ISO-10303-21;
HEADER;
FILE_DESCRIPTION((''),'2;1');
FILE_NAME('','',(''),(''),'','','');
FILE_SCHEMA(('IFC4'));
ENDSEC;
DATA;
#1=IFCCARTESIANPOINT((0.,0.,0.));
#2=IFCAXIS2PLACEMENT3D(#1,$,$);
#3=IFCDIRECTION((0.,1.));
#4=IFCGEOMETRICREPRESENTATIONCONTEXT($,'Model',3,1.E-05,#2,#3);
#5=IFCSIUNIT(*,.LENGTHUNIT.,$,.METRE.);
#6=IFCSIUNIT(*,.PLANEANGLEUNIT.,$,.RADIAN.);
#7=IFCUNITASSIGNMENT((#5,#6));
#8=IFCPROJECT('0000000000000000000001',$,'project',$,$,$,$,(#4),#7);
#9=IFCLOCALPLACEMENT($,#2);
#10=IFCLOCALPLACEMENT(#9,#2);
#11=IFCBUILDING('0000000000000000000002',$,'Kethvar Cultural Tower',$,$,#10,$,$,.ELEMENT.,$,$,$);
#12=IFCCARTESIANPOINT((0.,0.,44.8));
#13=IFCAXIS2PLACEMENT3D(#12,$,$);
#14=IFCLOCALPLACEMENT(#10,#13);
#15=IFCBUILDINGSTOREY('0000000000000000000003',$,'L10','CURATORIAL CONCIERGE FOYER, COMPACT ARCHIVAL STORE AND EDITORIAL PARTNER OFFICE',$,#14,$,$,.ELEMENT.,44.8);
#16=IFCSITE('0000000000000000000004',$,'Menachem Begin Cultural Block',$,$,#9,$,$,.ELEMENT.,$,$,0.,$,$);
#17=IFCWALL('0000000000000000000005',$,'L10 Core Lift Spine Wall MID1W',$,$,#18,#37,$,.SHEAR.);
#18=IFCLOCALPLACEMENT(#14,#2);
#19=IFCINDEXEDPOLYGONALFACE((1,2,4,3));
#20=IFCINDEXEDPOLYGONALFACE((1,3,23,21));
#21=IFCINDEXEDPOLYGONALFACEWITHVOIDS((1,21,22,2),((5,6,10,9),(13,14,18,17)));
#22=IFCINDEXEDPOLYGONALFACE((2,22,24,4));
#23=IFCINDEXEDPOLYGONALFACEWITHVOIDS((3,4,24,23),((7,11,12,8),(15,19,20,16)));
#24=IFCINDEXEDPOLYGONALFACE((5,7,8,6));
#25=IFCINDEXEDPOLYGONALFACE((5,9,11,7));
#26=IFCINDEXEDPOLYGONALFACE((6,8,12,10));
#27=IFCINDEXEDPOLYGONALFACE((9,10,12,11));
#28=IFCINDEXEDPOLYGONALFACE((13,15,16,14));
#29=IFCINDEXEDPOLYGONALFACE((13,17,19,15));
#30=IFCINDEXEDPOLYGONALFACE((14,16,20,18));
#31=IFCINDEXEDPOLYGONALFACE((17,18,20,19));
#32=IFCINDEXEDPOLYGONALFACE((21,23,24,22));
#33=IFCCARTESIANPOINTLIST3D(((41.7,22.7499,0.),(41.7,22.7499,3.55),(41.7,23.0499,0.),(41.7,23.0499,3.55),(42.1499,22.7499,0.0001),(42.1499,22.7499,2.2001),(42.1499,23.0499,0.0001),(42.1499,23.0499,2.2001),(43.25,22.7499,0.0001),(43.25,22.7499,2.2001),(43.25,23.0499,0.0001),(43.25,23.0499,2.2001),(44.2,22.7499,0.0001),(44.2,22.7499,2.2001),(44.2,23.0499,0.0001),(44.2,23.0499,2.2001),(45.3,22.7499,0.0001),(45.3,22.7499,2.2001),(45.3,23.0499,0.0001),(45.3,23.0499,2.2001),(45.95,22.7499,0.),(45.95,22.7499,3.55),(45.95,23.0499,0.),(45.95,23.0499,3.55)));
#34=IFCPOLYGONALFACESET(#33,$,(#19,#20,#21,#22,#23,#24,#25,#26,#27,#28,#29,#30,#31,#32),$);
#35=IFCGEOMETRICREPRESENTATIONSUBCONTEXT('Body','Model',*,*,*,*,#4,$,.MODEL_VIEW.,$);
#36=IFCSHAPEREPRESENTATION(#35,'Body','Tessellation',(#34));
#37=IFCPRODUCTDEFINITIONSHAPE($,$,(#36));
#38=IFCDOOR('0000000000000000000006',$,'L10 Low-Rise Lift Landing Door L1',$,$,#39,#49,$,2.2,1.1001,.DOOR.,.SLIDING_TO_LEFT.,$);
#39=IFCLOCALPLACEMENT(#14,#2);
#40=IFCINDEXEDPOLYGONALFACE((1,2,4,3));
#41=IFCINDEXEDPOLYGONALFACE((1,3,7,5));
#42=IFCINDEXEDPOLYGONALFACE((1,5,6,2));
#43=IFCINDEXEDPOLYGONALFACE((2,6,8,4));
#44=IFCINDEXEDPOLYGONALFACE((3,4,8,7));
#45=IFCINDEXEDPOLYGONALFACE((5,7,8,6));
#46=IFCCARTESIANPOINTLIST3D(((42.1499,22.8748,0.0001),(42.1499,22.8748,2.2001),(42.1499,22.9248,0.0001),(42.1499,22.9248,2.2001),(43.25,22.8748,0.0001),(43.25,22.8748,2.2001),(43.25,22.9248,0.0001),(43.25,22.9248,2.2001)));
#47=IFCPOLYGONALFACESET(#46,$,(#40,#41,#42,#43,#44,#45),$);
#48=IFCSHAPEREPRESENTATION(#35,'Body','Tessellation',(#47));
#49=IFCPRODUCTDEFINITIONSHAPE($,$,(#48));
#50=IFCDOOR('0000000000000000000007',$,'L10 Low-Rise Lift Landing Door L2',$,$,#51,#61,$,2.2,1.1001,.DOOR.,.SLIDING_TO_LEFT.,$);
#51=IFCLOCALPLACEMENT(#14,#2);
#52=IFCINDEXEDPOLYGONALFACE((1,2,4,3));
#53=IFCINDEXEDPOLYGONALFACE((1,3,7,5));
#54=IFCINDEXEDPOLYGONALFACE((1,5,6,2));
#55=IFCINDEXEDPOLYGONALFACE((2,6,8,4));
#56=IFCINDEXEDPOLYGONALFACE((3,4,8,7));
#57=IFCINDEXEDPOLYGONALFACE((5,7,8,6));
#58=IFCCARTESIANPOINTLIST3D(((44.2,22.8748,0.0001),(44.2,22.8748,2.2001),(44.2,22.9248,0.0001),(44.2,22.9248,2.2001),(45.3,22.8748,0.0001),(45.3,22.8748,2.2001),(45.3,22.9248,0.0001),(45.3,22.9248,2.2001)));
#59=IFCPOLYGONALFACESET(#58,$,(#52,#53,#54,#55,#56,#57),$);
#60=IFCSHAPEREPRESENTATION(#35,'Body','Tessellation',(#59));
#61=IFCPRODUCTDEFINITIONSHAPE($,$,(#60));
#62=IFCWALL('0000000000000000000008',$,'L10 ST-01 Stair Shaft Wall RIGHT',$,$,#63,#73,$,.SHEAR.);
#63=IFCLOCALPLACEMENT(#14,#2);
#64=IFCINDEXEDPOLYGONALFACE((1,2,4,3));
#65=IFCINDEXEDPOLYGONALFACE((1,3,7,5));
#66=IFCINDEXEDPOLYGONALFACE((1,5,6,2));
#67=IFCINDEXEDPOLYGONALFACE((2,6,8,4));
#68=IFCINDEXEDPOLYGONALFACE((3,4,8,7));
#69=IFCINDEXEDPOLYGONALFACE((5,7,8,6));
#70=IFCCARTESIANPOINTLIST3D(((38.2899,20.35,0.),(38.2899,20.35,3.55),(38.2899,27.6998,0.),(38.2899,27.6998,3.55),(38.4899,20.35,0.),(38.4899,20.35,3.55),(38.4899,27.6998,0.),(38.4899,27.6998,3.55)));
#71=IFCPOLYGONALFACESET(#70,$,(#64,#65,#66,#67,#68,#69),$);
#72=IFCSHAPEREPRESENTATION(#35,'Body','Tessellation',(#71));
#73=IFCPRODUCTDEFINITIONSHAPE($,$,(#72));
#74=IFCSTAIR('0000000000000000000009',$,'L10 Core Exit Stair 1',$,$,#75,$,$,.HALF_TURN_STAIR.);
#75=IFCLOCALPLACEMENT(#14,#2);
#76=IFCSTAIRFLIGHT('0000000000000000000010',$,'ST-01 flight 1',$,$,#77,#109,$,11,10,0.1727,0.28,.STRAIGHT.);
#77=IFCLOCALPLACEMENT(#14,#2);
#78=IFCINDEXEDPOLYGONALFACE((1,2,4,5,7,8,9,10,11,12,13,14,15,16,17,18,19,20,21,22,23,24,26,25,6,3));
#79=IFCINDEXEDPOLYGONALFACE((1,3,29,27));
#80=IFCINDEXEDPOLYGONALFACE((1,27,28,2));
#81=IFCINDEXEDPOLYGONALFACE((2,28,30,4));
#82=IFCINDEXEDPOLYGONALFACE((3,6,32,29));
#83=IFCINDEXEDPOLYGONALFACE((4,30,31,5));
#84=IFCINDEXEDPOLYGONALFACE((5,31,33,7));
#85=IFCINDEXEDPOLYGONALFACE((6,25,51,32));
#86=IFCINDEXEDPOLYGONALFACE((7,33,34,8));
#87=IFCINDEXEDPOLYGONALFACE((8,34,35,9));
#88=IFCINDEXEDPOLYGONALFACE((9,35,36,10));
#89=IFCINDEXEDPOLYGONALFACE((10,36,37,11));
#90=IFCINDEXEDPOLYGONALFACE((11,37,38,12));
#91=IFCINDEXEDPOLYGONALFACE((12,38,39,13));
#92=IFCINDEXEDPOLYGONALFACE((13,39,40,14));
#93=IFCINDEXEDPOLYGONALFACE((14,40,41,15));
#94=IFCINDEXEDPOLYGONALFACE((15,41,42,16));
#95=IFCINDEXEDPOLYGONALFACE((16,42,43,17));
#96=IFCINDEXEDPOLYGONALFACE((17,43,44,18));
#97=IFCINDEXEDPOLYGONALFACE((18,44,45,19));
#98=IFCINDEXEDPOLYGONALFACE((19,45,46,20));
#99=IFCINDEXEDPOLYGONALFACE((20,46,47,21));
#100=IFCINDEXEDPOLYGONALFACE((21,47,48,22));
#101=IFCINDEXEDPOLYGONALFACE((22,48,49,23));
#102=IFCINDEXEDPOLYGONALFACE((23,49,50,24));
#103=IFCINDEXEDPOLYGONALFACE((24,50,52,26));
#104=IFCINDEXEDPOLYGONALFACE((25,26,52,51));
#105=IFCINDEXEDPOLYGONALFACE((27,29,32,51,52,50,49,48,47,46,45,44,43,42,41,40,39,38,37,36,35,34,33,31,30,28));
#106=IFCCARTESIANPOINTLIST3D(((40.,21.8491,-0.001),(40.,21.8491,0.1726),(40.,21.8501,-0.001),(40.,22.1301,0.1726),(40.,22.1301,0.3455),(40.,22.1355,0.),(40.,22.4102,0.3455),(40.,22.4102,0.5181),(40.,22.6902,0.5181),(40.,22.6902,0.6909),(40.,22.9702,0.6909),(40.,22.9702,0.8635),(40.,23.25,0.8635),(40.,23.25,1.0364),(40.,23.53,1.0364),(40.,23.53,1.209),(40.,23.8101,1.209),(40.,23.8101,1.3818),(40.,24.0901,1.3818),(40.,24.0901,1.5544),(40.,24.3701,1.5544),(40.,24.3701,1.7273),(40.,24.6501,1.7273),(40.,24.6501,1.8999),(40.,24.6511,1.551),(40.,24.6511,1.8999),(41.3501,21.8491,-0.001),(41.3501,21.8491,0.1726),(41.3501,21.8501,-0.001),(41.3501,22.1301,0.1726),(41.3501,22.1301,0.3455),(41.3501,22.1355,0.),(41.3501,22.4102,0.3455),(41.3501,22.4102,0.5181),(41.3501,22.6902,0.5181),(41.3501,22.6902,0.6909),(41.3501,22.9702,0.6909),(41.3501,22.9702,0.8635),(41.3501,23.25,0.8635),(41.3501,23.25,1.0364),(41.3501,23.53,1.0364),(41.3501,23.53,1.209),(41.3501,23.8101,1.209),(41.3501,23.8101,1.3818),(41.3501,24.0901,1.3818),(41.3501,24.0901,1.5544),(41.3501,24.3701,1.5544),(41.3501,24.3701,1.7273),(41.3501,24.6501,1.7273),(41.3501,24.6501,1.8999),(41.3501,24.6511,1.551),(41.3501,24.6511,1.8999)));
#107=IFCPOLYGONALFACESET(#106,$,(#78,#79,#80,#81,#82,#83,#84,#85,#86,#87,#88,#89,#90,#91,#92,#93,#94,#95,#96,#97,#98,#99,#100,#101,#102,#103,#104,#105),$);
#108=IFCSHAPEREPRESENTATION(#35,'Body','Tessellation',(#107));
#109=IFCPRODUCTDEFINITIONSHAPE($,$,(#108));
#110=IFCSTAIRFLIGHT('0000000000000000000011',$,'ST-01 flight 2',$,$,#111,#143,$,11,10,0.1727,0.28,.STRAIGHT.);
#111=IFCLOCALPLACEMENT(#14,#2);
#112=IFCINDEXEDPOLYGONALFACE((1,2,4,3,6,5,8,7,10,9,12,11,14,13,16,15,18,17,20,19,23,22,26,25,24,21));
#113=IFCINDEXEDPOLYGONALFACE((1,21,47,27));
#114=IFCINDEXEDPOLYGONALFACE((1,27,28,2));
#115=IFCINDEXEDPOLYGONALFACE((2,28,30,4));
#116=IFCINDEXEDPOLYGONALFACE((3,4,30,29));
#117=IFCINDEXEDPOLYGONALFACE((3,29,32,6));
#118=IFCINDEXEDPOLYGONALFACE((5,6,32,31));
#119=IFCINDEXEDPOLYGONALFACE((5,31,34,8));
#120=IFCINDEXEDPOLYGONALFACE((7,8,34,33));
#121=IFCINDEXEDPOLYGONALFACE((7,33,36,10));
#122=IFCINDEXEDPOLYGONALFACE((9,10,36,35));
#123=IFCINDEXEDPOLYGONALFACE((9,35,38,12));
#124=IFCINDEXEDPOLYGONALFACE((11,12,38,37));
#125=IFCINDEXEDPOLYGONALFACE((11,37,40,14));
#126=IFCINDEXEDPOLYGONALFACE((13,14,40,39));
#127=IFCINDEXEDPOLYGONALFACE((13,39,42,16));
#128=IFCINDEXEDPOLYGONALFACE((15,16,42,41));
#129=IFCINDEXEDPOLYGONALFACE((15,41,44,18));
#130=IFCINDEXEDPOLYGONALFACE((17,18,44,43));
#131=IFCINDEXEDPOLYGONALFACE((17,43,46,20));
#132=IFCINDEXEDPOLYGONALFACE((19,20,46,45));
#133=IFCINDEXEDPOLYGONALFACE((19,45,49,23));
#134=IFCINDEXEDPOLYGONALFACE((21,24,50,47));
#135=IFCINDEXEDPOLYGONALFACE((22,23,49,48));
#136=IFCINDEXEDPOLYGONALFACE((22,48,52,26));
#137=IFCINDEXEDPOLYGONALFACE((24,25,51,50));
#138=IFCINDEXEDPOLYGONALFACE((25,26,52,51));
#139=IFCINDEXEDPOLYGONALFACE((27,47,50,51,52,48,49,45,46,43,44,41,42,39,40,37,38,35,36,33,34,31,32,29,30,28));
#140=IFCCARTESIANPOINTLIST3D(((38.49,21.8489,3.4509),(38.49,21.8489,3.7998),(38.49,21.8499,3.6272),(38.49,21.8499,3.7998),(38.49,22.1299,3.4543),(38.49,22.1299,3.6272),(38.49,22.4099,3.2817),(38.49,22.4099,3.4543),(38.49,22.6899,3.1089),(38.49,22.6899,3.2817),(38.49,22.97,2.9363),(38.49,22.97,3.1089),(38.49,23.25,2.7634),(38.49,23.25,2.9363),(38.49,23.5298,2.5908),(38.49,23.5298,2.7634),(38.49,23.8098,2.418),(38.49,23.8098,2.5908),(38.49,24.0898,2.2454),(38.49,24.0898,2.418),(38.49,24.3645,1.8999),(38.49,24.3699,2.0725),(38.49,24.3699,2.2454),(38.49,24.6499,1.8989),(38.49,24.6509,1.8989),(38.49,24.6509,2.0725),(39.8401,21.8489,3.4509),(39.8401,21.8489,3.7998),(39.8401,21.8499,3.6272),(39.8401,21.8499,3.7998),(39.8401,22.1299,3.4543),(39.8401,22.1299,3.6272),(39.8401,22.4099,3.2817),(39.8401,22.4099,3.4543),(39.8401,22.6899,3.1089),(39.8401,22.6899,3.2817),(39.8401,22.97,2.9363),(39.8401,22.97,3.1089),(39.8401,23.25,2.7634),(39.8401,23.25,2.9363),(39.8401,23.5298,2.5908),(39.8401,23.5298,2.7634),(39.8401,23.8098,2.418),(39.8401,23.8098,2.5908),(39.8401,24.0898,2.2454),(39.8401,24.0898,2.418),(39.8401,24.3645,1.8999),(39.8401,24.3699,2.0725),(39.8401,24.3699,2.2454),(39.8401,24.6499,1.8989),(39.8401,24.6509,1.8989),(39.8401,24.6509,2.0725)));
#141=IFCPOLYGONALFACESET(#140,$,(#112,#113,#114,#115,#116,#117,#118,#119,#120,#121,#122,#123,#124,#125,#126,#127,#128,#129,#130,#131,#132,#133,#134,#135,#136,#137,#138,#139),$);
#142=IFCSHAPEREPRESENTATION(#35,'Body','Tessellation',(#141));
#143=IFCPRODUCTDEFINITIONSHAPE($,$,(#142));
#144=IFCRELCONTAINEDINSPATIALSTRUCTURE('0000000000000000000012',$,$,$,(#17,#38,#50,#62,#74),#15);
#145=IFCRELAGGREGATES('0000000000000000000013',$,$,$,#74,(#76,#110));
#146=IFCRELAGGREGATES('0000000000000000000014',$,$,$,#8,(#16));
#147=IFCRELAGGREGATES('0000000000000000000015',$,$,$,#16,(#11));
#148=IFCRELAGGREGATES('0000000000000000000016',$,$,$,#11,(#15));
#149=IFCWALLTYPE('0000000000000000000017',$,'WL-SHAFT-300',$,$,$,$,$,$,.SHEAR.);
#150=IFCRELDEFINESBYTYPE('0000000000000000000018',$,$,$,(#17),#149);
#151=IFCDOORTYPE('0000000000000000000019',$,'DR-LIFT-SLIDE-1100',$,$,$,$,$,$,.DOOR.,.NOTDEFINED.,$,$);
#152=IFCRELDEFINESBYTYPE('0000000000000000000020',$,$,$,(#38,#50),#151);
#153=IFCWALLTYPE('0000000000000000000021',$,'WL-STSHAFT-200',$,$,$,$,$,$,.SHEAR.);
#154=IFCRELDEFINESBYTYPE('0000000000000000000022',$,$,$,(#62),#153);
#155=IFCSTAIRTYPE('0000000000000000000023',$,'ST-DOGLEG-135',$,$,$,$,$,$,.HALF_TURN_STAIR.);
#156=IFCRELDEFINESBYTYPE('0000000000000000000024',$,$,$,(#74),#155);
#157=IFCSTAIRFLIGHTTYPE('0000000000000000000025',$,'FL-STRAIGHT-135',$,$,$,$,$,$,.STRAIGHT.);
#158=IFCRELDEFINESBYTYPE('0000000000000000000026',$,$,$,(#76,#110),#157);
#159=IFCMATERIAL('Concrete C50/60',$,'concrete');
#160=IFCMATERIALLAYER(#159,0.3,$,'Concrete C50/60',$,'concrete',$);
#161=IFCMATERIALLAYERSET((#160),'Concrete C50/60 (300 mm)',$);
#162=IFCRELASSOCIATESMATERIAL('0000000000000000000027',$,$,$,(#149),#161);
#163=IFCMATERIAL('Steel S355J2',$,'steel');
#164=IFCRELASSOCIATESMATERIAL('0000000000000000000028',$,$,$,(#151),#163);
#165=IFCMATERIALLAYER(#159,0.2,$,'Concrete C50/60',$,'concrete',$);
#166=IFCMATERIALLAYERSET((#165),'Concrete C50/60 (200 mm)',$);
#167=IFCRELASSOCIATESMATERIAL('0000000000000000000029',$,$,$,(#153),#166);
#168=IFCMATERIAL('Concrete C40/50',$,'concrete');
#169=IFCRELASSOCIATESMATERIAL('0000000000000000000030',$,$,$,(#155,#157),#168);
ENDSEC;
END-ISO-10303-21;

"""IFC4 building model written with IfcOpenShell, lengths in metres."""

from ifc_helpers import new_model, si_unit, direction, frame, frame_2d, origin, place, context, subcontext, project, spatial, polyline, rectangle, outline, extrude, source, transform, mapped, material, layer, layer_set, type_object, element, fill, aggregate, save


model = new_model("IFC4")

# Units and contexts
model_context = context("Model", 3, precision=1e-05, world=origin(), true_north=direction((0.0, 1.0)))
body_context = subcontext(model_context, "Body", "Model", "MODEL_VIEW")
ifc_project = project(units=[si_unit("LENGTHUNIT", "METRE"), si_unit("PLANEANGLEUNIT", "RADIAN")], contexts=[model_context])

# Site, building, storey
site_placement = place(None, origin())
site = spatial("IfcSite", under=ifc_project, at=site_placement, Name="Menachem Begin Cultural Block", CompositionType="ELEMENT", RefElevation=0.0)
building_placement = place(site_placement, origin())
building = spatial("IfcBuilding", under=site, at=building_placement, Name="Kethvar Cultural Tower", CompositionType="ELEMENT")
storey_placement = place(building_placement, frame((0.0, 0.0, 44.8)))
storey = spatial("IfcBuildingStorey", under=building, at=storey_placement, Name="L10", Description="CURATORIAL CONCIERGE FOYER, COMPACT ARCHIVAL STORE AND EDITORIAL PARTNER OFFICE", CompositionType="ELEMENT", Elevation=44.8)

# Shared definitions
ifc_material_1 = material(Name="Steel S355J2", Category="steel")

# Wall, openings, doors
ifc_material_2 = material(Name="Concrete C50/60", Category="concrete")
ifc_layer_1 = layer(ifc_material_2, 0.3, Name="Concrete C50/60", Category="concrete")
ifc_layer_set_1 = layer_set([ifc_layer_1], Name="Concrete C50/60 (300 mm)")
wall_type_1 = type_object("IfcWallType", Name="WL-SHAFT-300", PredefinedType="SHEAR", material=ifc_layer_set_1)
wall_1_placement = place(storey_placement, frame((41.7, 22.8999, 0.0), z_axis=(0.0, 0.0, 1.0), x_axis=(1.0, 0.0, 0.0)))
wall_1 = element("IfcWall", 1, at=wall_1_placement, inside=storey, type_object=wall_type_1, Name="L10 Core Lift Spine Wall MID1W", PredefinedType="SHEAR", context=body_context, shape_type="SweptSolid", body=[
    extrude(rectangle(XDim=4.25, YDim=0.3, at=frame_2d((2.125, 0.0))), origin(), (0.0, 0.0, 1.0), 3.55),
])
opening_1_placement = place(wall_1_placement, frame((0.45, 0.0, 0.0)))
opening_1 = element("IfcOpeningElement", 2, at=opening_1_placement, cuts=wall_1, PredefinedType="OPENING", context=body_context, shape_type="SweptSolid", body=[
    extrude(rectangle(XDim=1.1001, YDim=2.2, at=frame_2d((0.55, 1.1001))), frame((0.0, 0.1599, 0.0), z_axis=(0.0, -1.0, 0.0), x_axis=(1.0, 0.0, 0.0)), (0.0, 0.0, 1.0), 0.3201),
])
opening_2_placement = place(wall_1_placement, frame((2.5, 0.0, 0.0)))
opening_2 = element("IfcOpeningElement", 3, at=opening_2_placement, cuts=wall_1, PredefinedType="OPENING", context=body_context, shape_type="SweptSolid", body=[
    extrude(rectangle(XDim=1.1001, YDim=2.2, at=frame_2d((0.55, 1.1001))), frame((0.0, 0.1599, 0.0), z_axis=(0.0, -1.0, 0.0), x_axis=(1.0, 0.0, 0.0)), (0.0, 0.0, 1.0), 0.3201),
])
door_type_1 = type_object("IfcDoorType", Name="DR-LIFT-SLIDE-1100", OperationType="NOTDEFINED", PredefinedType="DOOR", material=ifc_material_1)
shared_shape_1 = source(origin(), body_context, "Body", "SweptSolid", [
    extrude(rectangle(XDim=1.1001, YDim=2.2, at=frame_2d((0.55, 1.1001))), frame((0.0, 0.0249, 0.0), z_axis=(0.0, -1.0, 0.0), x_axis=(1.0, 0.0, 0.0)), (0.0, 0.0, 1.0), 0.05),
])
door_1_placement = place(opening_1_placement, origin())
door_1 = element("IfcDoor", 4, at=door_1_placement, inside=storey, type_object=door_type_1, Name="L10 Low-Rise Lift Landing Door L1", OperationType="SLIDING_TO_LEFT", OverallHeight=2.2, OverallWidth=1.1001, PredefinedType="DOOR", context=body_context, shape_type="MappedRepresentation", body=[
    mapped(shared_shape_1, transform((0.0, 0.0, 0.0), scale=1.0)),
])
fill(opening_1, door_1)
door_2_placement = place(opening_2_placement, origin())
door_2 = element("IfcDoor", 5, at=door_2_placement, inside=storey, type_object=door_type_1, Name="L10 Low-Rise Lift Landing Door L2", OperationType="SLIDING_TO_LEFT", OverallHeight=2.2, OverallWidth=1.1001, PredefinedType="DOOR", context=body_context, shape_type="MappedRepresentation", body=[
    mapped(shared_shape_1, transform((0.0, 0.0, 0.0), scale=1.0)),
])
fill(opening_2, door_2)

# Wall
ifc_layer_2 = layer(ifc_material_2, 0.2, Name="Concrete C50/60", Category="concrete")
ifc_layer_set_2 = layer_set([ifc_layer_2], Name="Concrete C50/60 (200 mm)")
wall_type_2 = type_object("IfcWallType", Name="WL-STSHAFT-200", PredefinedType="SHEAR", material=ifc_layer_set_2)
wall_2_placement = place(storey_placement, frame((38.3899, 20.3501, 0.0), z_axis=(0.0, 0.0, 1.0), x_axis=(0.0, 1.0, 0.0)))
element("IfcWall", 6, at=wall_2_placement, inside=storey, type_object=wall_type_2, Name="L10 ST-01 Stair Shaft Wall RIGHT", PredefinedType="SHEAR", context=body_context, shape_type="SweptSolid", body=[
    extrude(rectangle(XDim=7.3499, YDim=0.2, at=frame_2d((3.6748, 0.0))), origin(), (0.0, 0.0, 1.0), 3.55),
])

# Stair, stair flights
ifc_material_3 = material(Name="Concrete C40/50", Category="concrete")
stair_type = type_object("IfcStairType", Name="ST-DOGLEG-135", PredefinedType="HALF_TURN_STAIR", material=ifc_material_3)
stair_placement = place(storey_placement, origin())
stair = element("IfcStair", 7, at=stair_placement, inside=storey, type_object=stair_type, Name="L10 Core Exit Stair 1", PredefinedType="HALF_TURN_STAIR")
stair_flight_type = type_object("IfcStairFlightType", Name="FL-STRAIGHT-135", PredefinedType="STRAIGHT", material=ifc_material_3)
stair_flight_1_placement = place(storey_placement, frame((40.675, 21.8501, 0.0), z_axis=(0.0, 0.0, 1.0), x_axis=(0.0, 1.0, 0.0)))
stair_flight_1 = element("IfcStairFlight", 8, at=stair_flight_1_placement, type_object=stair_flight_type, Name="ST-01 flight 1", NumberOfRisers=11, NumberOfTreads=10, PredefinedType="STRAIGHT", RiserHeight=0.1727, TreadLength=0.28, context=body_context, shape_type="SweptSolid", body=[
    extrude(outline(polyline([(-0.001, -0.001), (-0.001, 0.1726), (0.28, 0.1726), (0.28, 0.3455), (0.5601, 0.3455), (0.5601, 0.5181), (0.8401, 0.5181), (0.8401, 0.6909), (1.1201, 0.6909), (1.1201, 0.8635), (1.3999, 0.8635), (1.3999, 1.0364), (1.6799, 1.0364), (1.6799, 1.209), (1.96, 1.209), (1.96, 1.3818), (2.24, 1.3818), (2.24, 1.5544), (2.52, 1.5544), (2.52, 1.7273), (2.8, 1.7273), (2.8, 1.8999), (2.801, 1.8999), (2.801, 1.551), (0.2854, 0.0), (0.0, -0.001), (-0.001, -0.001)])), frame((0.0, 0.675, 0.0), z_axis=(0.0, -1.0, 0.0), x_axis=(1.0, 0.0, 0.0)), (0.0, 0.0, 1.0), 1.3501),
])
stair_flight_2_placement = place(storey_placement, frame((39.165, 24.6499, 1.8999), z_axis=(0.0, 0.0, 1.0), x_axis=(0.0, -1.0, 0.0)))
stair_flight_2 = element("IfcStairFlight", 9, at=stair_flight_2_placement, type_object=stair_flight_type, Name="ST-01 flight 2", NumberOfRisers=11, NumberOfTreads=10, PredefinedType="STRAIGHT", RiserHeight=0.1727, TreadLength=0.28, context=body_context, shape_type="SweptSolid", body=[
    extrude(outline(polyline([(-0.001, -0.001), (-0.001, 0.1726), (0.28, 0.1726), (0.28, 0.3455), (0.5601, 0.3455), (0.5601, 0.5181), (0.8401, 0.5181), (0.8401, 0.6909), (1.1201, 0.6909), (1.1201, 0.8635), (1.3999, 0.8635), (1.3999, 1.0364), (1.6799, 1.0364), (1.6799, 1.209), (1.96, 1.209), (1.96, 1.3818), (2.24, 1.3818), (2.24, 1.5544), (2.52, 1.5544), (2.52, 1.7273), (2.8, 1.7273), (2.8, 1.8999), (2.801, 1.8999), (2.801, 1.551), (0.2854, 0.0), (0.0, -0.001), (-0.001, -0.001)])), frame((0.0, 0.675, 0.0), z_axis=(0.0, -1.0, 0.0), x_axis=(1.0, 0.0, 0.0)), (0.0, 0.0, 1.0), 1.3501),
])
aggregate(stair, [stair_flight_1, stair_flight_2])

save(model, "model.ifc")
